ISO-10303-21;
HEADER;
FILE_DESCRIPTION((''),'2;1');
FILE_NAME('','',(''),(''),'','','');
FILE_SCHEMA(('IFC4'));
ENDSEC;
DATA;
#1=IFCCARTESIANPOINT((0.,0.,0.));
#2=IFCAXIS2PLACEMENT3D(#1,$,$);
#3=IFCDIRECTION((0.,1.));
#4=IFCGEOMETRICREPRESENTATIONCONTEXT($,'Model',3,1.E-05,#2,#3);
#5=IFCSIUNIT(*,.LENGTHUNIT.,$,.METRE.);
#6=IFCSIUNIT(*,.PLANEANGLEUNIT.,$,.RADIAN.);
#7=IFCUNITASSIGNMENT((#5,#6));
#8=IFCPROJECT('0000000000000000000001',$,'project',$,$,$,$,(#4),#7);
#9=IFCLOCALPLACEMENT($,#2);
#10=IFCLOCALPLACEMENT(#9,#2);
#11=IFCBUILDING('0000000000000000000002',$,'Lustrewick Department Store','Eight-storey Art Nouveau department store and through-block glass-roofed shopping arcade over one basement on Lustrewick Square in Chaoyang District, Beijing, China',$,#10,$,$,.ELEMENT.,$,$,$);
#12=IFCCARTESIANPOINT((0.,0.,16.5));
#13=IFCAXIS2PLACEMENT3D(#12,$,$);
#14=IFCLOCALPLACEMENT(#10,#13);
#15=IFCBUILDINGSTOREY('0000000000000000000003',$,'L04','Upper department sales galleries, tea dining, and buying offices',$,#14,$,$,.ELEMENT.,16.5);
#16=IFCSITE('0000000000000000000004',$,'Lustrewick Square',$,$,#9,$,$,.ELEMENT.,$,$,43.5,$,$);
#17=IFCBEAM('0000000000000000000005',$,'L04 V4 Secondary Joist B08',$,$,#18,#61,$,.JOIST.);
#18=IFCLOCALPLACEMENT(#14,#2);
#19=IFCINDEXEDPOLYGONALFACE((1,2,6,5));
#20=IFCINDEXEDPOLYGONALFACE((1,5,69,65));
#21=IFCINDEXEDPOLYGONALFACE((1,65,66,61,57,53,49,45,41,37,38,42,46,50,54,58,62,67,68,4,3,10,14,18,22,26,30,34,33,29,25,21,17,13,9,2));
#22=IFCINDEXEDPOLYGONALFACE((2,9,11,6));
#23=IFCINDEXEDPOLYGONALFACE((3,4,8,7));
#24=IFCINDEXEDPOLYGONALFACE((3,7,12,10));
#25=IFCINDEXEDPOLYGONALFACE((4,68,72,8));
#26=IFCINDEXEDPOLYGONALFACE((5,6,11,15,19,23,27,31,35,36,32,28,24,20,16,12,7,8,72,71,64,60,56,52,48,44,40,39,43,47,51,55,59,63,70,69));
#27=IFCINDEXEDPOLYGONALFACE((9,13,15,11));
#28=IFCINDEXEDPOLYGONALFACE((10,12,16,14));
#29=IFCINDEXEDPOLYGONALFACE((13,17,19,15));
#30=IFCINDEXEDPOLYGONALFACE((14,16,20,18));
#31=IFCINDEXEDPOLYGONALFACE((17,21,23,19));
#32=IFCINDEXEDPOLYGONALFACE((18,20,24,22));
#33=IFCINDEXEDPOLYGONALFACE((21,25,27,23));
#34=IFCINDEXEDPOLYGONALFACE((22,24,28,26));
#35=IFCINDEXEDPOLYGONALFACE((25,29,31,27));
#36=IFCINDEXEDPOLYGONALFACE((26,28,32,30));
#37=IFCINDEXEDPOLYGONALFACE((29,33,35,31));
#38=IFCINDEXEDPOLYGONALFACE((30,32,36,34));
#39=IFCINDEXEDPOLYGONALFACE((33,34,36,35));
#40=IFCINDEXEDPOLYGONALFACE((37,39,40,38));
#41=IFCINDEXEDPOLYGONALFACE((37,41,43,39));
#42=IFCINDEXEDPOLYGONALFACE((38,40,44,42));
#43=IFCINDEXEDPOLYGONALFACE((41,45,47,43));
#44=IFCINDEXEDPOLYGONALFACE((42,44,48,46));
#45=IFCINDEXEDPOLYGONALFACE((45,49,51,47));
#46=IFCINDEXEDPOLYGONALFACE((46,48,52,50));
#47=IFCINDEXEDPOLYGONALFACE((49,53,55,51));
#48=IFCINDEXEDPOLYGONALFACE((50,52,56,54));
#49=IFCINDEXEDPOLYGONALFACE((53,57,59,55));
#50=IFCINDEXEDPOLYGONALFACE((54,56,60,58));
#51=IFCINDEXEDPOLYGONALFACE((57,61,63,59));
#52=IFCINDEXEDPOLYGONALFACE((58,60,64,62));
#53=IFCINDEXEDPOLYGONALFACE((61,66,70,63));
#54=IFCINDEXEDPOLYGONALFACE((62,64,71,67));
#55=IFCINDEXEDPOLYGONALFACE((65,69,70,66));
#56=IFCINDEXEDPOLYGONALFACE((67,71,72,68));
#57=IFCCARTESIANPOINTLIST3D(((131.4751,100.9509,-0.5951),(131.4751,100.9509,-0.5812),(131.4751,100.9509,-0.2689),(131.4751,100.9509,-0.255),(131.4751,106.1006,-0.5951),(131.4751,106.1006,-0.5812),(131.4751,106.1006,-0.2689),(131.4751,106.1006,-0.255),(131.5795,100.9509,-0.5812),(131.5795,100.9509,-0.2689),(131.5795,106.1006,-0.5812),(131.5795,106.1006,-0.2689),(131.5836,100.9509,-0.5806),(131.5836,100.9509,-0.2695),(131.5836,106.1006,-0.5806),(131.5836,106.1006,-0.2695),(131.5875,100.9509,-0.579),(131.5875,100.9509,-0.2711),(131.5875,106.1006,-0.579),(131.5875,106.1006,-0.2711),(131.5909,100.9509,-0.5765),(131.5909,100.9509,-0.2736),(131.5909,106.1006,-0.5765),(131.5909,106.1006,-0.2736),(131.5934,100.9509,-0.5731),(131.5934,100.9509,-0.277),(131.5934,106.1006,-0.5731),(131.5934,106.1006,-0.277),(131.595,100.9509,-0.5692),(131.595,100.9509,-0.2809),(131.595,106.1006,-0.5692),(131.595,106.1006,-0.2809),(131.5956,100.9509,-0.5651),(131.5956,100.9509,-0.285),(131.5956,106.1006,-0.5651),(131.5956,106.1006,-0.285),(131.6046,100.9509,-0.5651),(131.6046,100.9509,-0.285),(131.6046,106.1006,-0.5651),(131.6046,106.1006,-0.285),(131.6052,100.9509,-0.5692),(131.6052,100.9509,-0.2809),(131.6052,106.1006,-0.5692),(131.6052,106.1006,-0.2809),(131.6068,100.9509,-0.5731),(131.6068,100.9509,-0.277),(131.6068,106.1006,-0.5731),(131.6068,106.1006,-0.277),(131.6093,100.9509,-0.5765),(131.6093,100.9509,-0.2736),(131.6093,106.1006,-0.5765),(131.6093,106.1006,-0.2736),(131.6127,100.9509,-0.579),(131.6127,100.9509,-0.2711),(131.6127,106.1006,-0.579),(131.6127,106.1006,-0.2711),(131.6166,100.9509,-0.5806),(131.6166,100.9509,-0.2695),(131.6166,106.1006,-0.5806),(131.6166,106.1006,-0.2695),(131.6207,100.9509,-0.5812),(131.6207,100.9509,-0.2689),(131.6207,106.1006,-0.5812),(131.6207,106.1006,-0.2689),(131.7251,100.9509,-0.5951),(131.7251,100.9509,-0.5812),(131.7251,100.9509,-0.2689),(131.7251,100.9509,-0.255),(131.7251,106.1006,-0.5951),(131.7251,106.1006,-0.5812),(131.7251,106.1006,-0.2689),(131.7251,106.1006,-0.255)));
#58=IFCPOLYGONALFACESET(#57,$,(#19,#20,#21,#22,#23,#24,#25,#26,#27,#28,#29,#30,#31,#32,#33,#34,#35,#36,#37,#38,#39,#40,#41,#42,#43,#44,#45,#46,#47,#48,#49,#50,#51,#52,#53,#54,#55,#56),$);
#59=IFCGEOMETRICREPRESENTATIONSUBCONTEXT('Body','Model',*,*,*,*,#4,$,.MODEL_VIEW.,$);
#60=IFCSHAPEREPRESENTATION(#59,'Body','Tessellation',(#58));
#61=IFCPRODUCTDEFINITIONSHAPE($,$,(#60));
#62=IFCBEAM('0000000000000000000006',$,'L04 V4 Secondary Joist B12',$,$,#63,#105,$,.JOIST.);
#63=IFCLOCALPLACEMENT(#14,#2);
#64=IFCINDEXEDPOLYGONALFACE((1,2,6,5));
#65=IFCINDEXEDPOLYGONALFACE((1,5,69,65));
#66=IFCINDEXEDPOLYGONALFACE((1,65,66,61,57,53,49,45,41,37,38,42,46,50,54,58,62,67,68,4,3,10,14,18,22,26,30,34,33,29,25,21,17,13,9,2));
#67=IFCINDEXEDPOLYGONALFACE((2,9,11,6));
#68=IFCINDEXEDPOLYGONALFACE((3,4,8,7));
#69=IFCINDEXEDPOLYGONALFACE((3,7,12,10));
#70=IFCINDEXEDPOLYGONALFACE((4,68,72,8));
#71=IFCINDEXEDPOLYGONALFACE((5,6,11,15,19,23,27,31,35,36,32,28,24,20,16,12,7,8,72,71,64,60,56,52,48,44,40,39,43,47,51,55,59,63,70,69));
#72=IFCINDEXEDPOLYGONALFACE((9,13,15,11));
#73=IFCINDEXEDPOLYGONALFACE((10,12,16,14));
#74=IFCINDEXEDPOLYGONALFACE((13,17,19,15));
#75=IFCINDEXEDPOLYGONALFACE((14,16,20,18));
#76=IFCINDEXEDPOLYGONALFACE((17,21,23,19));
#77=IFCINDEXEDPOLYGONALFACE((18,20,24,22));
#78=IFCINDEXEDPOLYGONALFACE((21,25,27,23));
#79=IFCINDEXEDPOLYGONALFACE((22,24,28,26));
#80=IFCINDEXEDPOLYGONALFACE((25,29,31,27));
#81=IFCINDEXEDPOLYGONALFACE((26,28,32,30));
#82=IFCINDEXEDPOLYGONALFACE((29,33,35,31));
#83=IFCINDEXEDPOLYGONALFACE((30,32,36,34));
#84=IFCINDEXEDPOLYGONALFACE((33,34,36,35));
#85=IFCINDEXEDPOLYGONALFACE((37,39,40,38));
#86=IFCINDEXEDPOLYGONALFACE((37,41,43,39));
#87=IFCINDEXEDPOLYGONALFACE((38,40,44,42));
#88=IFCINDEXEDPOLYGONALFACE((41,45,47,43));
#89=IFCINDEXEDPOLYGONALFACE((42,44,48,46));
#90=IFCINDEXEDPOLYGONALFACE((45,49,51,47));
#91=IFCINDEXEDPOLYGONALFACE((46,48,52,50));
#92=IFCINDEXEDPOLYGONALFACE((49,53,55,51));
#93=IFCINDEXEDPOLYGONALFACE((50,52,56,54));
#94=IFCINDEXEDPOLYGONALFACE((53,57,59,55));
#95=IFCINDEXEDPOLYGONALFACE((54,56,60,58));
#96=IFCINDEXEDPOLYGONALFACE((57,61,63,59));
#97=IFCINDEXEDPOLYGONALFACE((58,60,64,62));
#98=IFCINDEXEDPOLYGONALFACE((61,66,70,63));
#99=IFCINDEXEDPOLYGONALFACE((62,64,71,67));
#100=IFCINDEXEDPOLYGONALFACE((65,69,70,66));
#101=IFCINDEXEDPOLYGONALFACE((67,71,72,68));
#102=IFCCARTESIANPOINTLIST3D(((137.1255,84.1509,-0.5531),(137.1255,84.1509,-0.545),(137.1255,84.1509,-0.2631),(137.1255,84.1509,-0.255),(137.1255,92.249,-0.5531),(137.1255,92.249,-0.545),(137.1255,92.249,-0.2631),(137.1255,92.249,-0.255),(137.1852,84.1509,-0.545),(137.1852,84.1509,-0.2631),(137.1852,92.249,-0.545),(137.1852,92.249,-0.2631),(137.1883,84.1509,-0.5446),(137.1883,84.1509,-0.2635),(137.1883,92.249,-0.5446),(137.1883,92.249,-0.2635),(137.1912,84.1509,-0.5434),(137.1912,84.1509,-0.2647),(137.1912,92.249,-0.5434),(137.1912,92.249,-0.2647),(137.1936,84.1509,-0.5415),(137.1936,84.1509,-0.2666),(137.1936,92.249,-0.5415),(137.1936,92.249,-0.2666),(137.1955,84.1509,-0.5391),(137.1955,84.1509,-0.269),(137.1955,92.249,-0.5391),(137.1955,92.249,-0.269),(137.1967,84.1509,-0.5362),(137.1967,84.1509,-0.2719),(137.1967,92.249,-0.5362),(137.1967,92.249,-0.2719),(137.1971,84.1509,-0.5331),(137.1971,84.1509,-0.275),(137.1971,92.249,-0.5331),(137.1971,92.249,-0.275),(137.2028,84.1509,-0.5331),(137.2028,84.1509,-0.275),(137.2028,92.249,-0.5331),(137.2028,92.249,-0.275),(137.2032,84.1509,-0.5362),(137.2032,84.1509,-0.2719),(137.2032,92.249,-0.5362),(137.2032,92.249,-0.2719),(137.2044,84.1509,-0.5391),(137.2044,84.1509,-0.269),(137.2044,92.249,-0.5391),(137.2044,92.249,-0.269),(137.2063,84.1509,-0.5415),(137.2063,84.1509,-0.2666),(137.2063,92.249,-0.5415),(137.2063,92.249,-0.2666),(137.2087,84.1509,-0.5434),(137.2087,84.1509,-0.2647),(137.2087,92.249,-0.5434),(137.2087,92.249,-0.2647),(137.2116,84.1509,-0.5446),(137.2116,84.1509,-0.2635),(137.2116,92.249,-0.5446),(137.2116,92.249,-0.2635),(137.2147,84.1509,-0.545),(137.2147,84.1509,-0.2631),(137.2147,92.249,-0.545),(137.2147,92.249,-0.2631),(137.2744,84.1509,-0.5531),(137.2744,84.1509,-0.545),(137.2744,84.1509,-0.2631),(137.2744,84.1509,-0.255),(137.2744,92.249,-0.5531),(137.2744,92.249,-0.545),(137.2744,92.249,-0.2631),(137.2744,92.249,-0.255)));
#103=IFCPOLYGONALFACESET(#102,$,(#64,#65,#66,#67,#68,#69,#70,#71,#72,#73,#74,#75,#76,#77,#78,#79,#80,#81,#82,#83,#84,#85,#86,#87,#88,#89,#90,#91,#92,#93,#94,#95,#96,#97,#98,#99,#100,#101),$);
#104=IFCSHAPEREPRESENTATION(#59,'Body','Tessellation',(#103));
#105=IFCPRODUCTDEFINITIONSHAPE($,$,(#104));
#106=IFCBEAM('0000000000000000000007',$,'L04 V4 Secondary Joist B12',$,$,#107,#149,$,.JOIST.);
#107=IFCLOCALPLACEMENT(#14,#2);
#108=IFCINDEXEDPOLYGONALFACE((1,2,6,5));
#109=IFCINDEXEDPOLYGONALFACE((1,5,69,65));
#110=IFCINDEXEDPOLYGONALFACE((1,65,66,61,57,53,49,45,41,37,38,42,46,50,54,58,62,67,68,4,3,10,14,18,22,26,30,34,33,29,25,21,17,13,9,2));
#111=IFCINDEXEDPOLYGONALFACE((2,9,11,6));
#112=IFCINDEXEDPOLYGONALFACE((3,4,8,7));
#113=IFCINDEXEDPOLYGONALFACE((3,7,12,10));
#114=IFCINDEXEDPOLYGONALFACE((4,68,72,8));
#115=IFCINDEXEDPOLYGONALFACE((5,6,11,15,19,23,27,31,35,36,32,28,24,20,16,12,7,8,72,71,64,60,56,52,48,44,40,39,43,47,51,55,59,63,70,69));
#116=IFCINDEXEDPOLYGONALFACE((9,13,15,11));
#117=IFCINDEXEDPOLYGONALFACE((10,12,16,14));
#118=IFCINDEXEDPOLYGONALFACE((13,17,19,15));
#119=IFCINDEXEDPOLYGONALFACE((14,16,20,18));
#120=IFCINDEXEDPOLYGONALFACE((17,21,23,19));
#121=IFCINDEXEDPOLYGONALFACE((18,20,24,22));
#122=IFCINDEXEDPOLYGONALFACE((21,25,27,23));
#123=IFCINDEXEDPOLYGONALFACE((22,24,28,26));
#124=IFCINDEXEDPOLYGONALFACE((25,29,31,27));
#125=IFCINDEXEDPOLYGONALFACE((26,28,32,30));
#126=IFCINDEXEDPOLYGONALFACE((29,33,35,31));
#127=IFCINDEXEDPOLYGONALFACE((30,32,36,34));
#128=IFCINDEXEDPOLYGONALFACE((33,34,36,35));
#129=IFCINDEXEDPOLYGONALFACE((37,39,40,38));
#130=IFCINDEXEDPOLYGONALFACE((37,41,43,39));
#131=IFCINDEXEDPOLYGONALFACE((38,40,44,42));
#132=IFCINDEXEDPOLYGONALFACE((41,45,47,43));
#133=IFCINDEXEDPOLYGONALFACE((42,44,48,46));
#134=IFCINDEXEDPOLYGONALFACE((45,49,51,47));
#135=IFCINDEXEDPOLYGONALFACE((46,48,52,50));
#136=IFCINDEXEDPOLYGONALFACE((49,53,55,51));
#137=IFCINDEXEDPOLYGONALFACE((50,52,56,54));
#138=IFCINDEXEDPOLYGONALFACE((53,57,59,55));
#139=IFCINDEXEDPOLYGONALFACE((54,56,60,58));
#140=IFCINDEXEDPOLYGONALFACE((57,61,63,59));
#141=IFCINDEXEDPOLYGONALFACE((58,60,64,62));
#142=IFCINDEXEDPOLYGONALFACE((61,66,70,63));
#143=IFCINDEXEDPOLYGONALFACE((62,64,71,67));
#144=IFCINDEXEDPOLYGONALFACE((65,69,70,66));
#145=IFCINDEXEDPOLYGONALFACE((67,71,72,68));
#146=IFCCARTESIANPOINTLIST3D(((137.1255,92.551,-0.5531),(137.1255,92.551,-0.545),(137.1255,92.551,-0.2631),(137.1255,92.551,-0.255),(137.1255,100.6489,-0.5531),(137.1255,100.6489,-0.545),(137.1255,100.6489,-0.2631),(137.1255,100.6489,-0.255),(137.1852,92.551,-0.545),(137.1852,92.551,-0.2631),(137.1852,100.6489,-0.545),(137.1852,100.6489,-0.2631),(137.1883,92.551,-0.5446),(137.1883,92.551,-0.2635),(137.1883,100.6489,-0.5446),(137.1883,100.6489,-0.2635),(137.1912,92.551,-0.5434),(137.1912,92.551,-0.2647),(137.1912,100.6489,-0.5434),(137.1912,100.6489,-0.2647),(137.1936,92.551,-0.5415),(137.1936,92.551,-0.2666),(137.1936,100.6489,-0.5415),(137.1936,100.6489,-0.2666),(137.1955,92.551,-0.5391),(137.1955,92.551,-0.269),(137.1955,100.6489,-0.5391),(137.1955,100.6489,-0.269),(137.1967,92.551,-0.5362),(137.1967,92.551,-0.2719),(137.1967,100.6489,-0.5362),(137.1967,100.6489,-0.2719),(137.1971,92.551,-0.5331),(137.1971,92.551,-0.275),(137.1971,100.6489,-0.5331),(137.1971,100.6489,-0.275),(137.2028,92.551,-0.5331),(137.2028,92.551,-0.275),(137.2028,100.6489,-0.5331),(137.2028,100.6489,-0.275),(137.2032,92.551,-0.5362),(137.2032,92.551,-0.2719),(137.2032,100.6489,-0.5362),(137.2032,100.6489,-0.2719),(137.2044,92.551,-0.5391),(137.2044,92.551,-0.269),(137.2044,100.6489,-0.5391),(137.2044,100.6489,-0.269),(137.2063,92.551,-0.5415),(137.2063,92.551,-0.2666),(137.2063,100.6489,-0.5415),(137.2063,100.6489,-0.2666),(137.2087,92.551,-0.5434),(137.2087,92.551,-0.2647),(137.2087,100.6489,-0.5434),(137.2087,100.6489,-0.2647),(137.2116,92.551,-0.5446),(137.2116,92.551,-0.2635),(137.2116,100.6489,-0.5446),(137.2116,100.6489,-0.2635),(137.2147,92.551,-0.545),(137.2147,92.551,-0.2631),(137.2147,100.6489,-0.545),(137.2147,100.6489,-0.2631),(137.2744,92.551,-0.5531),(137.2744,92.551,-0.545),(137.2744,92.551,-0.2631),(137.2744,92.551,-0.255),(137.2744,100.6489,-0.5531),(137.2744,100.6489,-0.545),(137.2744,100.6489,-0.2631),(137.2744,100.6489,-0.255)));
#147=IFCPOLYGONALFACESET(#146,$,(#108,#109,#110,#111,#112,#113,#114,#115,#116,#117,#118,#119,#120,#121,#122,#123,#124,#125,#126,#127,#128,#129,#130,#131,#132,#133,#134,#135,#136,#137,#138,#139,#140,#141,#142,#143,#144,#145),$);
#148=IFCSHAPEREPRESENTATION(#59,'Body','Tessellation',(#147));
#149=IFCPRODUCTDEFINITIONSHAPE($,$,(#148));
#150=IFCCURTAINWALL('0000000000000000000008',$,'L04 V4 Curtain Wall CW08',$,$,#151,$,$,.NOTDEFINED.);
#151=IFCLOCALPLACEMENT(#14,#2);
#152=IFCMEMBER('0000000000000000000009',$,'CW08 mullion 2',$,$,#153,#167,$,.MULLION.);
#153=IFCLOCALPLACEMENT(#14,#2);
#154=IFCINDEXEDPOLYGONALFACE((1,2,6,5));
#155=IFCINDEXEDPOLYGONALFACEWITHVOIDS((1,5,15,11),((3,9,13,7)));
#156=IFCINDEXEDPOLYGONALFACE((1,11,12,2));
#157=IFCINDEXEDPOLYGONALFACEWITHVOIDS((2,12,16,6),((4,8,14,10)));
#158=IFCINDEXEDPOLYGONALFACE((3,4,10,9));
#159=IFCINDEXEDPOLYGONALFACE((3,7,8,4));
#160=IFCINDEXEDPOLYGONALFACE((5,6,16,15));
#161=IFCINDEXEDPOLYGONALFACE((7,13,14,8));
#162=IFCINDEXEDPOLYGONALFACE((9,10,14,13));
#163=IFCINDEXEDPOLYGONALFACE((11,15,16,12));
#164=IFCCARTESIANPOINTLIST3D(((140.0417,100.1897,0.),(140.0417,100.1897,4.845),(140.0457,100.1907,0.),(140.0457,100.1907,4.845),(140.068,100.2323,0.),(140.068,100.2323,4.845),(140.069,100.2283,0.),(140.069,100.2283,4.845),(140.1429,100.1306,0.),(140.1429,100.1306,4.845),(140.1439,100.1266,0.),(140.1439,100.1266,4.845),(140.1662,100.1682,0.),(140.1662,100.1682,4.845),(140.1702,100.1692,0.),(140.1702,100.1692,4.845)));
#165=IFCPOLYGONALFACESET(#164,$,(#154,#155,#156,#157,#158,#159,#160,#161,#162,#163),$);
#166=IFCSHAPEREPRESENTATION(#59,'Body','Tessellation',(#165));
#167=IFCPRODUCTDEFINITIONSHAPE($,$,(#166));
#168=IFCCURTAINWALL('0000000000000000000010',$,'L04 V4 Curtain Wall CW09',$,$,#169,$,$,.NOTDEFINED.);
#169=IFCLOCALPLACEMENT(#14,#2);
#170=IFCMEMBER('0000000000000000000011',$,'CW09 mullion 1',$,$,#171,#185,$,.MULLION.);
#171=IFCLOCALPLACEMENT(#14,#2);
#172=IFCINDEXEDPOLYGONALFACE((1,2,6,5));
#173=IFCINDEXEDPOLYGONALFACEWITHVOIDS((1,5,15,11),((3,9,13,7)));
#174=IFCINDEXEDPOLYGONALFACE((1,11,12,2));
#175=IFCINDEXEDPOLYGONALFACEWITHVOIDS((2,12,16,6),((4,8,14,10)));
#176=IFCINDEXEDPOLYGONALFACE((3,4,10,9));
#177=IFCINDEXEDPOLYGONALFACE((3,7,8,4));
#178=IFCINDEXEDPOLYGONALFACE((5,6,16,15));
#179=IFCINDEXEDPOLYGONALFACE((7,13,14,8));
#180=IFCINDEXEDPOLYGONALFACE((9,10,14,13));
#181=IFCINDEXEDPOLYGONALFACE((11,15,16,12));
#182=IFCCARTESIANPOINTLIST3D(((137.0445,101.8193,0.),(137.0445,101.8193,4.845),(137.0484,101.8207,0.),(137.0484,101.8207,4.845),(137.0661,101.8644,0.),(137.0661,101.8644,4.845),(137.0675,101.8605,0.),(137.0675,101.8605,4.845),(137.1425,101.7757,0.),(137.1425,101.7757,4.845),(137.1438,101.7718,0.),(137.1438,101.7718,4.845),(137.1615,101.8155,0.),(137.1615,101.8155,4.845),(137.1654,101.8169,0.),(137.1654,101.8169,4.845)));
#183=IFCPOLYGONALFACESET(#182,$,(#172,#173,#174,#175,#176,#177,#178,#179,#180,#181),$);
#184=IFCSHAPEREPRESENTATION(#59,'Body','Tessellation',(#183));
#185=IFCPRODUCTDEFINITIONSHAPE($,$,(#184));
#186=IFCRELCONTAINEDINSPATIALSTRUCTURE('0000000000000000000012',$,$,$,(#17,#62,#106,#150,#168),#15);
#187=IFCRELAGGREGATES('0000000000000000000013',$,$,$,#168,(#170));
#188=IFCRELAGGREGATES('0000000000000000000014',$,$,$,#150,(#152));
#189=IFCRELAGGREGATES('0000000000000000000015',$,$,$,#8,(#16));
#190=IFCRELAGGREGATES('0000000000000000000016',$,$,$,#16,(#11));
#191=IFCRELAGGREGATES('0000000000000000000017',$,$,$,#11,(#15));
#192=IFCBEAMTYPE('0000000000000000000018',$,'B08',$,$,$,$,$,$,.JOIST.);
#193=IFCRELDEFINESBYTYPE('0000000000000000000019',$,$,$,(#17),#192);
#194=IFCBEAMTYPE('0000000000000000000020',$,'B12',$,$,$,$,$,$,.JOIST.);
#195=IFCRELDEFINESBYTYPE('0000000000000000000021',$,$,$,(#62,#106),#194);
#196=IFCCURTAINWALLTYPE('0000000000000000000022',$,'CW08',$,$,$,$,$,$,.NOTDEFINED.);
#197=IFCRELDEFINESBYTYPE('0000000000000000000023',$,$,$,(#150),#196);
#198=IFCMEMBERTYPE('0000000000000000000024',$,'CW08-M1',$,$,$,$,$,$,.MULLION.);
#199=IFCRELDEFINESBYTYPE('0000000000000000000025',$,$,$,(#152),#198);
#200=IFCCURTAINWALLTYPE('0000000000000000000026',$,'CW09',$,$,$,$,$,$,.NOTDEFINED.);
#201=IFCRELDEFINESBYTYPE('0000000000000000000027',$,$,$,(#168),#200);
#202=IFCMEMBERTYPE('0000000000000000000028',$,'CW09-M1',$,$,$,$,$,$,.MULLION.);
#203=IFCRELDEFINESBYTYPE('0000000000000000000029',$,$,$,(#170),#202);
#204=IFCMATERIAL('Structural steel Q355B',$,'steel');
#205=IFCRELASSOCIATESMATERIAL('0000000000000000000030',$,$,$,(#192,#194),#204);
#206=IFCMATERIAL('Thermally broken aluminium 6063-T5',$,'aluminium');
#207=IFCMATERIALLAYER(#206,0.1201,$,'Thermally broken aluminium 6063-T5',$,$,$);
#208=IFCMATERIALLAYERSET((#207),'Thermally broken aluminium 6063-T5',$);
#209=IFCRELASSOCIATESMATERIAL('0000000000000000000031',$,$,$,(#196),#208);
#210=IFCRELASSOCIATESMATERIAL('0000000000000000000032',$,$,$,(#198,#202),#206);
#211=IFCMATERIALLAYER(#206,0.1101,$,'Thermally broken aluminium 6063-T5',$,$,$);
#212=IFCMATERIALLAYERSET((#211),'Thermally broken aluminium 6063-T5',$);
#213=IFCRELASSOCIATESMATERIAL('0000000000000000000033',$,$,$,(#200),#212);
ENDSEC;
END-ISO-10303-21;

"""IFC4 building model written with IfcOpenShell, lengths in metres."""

from ifc_helpers import new_model, si_unit, direction, frame, origin, origin_2d, place, context, subcontext, project, spatial, hollow_rectangle, i_section, extrude, material, layer, layer_set, material_profile, profile_set, type_object, element, aggregate, save


model = new_model("IFC4")

# Units and contexts
model_context = context("Model", 3, precision=1e-05, world=origin(), true_north=direction((0.0, 1.0)))
body_context = subcontext(model_context, "Body", "Model", "MODEL_VIEW")
ifc_project = project(units=[si_unit("LENGTHUNIT", "METRE"), si_unit("PLANEANGLEUNIT", "RADIAN")], contexts=[model_context])

# Site, building, storey
site_placement = place(None, origin())
site = spatial("IfcSite", under=ifc_project, at=site_placement, Name="Lustrewick Square", CompositionType="ELEMENT", RefElevation=43.5)
building_placement = place(site_placement, origin())
building = spatial("IfcBuilding", under=site, at=building_placement, Name="Lustrewick Department Store", Description="Eight-storey Art Nouveau department store and through-block glass-roofed shopping arcade over one basement on Lustrewick Square in Chaoyang District, Beijing, China", CompositionType="ELEMENT")
storey_placement = place(building_placement, frame((0.0, 0.0, 16.5)))
storey = spatial("IfcBuildingStorey", under=building, at=storey_placement, Name="L04", Description="Upper department sales galleries, tea dining, and buying offices", CompositionType="ELEMENT", Elevation=16.5)

# Shared definitions
ifc_material_1 = material(Name="Structural steel Q355B", Category="steel")

# Beams
ifc_material_profile_1 = material_profile(ifc_material_1, i_section(OverallWidth=0.25, OverallDepth=0.3401, WebThickness=0.009, FlangeThickness=0.0139, FilletRadius=0.0161, at=origin_2d()), Name="HM 340x250x9x14")
ifc_profile_set_1 = profile_set([ifc_material_profile_1], Name="Structural steel Q355B")
beam_type_1 = type_object("IfcBeamType", Name="B08", PredefinedType="JOIST", material=ifc_profile_set_1)
beam_1_placement = place(storey_placement, frame((131.6001, 100.9509, -0.425), z_axis=(0.0, 1.0, 0.0), x_axis=(-1.0, 0.0, 0.0)))
element("IfcBeam", 1, at=beam_1_placement, inside=storey, type_object=beam_type_1, Name="L04 V4 Secondary Joist B08", PredefinedType="JOIST", context=body_context, shape_type="SweptSolid", body=[
    extrude(i_section(OverallWidth=0.25, OverallDepth=0.3401, WebThickness=0.009, FlangeThickness=0.0139, FilletRadius=0.0161, at=origin_2d()), origin(), (0.0, 0.0, 1.0), 5.1497),
])
ifc_material_profile_2 = material_profile(ifc_material_1, i_section(OverallWidth=0.1489, OverallDepth=0.2981, WebThickness=0.0056, FlangeThickness=0.0081, FilletRadius=0.012, at=origin_2d()), Name="HN 298x149x5.5x8")
ifc_profile_set_2 = profile_set([ifc_material_profile_2], Name="Structural steel Q355B")
beam_type_2 = type_object("IfcBeamType", Name="B12", PredefinedType="JOIST", material=ifc_profile_set_2)
beam_2_placement = place(storey_placement, frame((137.2, 84.1509, -0.4041), z_axis=(0.0, 1.0, 0.0), x_axis=(-1.0, 0.0, 0.0)))
element("IfcBeam", 2, at=beam_2_placement, inside=storey, type_object=beam_type_2, Name="L04 V4 Secondary Joist B12", PredefinedType="JOIST", context=body_context, shape_type="SweptSolid", body=[
    extrude(i_section(OverallWidth=0.1489, OverallDepth=0.2981, WebThickness=0.0056, FlangeThickness=0.0081, FilletRadius=0.012, at=origin_2d()), origin(), (0.0, 0.0, 1.0), 8.0981),
])
beam_3_placement = place(storey_placement, frame((137.2, 92.551, -0.4041), z_axis=(0.0, 1.0, 0.0), x_axis=(-1.0, 0.0, 0.0)))
element("IfcBeam", 3, at=beam_3_placement, inside=storey, type_object=beam_type_2, Name="L04 V4 Secondary Joist B12", PredefinedType="JOIST", context=body_context, shape_type="SweptSolid", body=[
    extrude(i_section(OverallWidth=0.1489, OverallDepth=0.2981, WebThickness=0.0056, FlangeThickness=0.0081, FilletRadius=0.012, at=origin_2d()), origin(), (0.0, 0.0, 1.0), 8.0979),
])

# Curtain wall, member
ifc_material_2 = material(Name="Thermally broken aluminium 6063-T5", Category="aluminium")
ifc_layer_1 = layer(ifc_material_2, 0.1201, Name="Thermally broken aluminium 6063-T5")
ifc_layer_set_1 = layer_set([ifc_layer_1], Name="Thermally broken aluminium 6063-T5")
curtain_wall_type_1 = type_object("IfcCurtainWallType", Name="CW08", PredefinedType="NOTDEFINED", material=ifc_layer_set_1)
curtain_wall_1_placement = place(storey_placement, origin())
curtain_wall_1 = element("IfcCurtainWall", 4, at=curtain_wall_1_placement, inside=storey, type_object=curtain_wall_type_1, Name="L04 V4 Curtain Wall CW08", PredefinedType="NOTDEFINED")
ifc_material_profile_3 = material_profile(ifc_material_2, hollow_rectangle(XDim=0.05, YDim=0.1201, WallThickness=0.0029, at=origin_2d()), Name="ALU-M 50x120x3")
ifc_profile_set_3 = profile_set([ifc_material_profile_3], Name="Thermally broken aluminium 6063-T5")
member_type_1 = type_object("IfcMemberType", Name="CW08-M1", PredefinedType="MULLION", material=ifc_profile_set_3)
member_1_placement = place(storey_placement, frame((140.106, 100.1794, 0.0), z_axis=(0.0, 0.0, 1.0), x_axis=(-0.525537, -0.850771, 0.0)))
member_1 = element("IfcMember", 5, at=member_1_placement, type_object=member_type_1, Name="CW08 mullion 2", PredefinedType="MULLION", context=body_context, shape_type="SweptSolid", body=[
    extrude(hollow_rectangle(XDim=0.05, YDim=0.1201, WallThickness=0.0029, at=origin_2d()), origin(), (0.0, 0.0, 1.0), 4.845),
])

# Curtain wall, member
ifc_layer_2 = layer(ifc_material_2, 0.1101, Name="Thermally broken aluminium 6063-T5")
ifc_layer_set_2 = layer_set([ifc_layer_2], Name="Thermally broken aluminium 6063-T5")
curtain_wall_type_2 = type_object("IfcCurtainWallType", Name="CW09", PredefinedType="NOTDEFINED", material=ifc_layer_set_2)
curtain_wall_2_placement = place(storey_placement, origin())
curtain_wall_2 = element("IfcCurtainWall", 6, at=curtain_wall_2_placement, inside=storey, type_object=curtain_wall_type_2, Name="L04 V4 Curtain Wall CW09", PredefinedType="NOTDEFINED")
ifc_material_profile_4 = material_profile(ifc_material_2, hollow_rectangle(XDim=0.05, YDim=0.1101, WallThickness=0.0029, at=origin_2d()), Name="ALU-M 50x110x3")
ifc_profile_set_4 = profile_set([ifc_material_profile_4], Name="Thermally broken aluminium 6063-T5")
member_type_2 = type_object("IfcMemberType", Name="CW09-M1", PredefinedType="MULLION", material=ifc_profile_set_4)
member_2_placement = place(storey_placement, frame((137.105, 101.8181, 0.0), z_axis=(0.0, 0.0, 1.0), x_axis=(-0.431596, -0.902067, 0.0)))
member_2 = element("IfcMember", 7, at=member_2_placement, type_object=member_type_2, Name="CW09 mullion 1", PredefinedType="MULLION", context=body_context, shape_type="SweptSolid", body=[
    extrude(hollow_rectangle(XDim=0.05, YDim=0.1101, WallThickness=0.0029, at=origin_2d()), origin(), (0.0, 0.0, 1.0), 4.845),
])
aggregate(curtain_wall_2, [member_2])

aggregate(curtain_wall_1, [member_1])

save(model, "model.ifc")
